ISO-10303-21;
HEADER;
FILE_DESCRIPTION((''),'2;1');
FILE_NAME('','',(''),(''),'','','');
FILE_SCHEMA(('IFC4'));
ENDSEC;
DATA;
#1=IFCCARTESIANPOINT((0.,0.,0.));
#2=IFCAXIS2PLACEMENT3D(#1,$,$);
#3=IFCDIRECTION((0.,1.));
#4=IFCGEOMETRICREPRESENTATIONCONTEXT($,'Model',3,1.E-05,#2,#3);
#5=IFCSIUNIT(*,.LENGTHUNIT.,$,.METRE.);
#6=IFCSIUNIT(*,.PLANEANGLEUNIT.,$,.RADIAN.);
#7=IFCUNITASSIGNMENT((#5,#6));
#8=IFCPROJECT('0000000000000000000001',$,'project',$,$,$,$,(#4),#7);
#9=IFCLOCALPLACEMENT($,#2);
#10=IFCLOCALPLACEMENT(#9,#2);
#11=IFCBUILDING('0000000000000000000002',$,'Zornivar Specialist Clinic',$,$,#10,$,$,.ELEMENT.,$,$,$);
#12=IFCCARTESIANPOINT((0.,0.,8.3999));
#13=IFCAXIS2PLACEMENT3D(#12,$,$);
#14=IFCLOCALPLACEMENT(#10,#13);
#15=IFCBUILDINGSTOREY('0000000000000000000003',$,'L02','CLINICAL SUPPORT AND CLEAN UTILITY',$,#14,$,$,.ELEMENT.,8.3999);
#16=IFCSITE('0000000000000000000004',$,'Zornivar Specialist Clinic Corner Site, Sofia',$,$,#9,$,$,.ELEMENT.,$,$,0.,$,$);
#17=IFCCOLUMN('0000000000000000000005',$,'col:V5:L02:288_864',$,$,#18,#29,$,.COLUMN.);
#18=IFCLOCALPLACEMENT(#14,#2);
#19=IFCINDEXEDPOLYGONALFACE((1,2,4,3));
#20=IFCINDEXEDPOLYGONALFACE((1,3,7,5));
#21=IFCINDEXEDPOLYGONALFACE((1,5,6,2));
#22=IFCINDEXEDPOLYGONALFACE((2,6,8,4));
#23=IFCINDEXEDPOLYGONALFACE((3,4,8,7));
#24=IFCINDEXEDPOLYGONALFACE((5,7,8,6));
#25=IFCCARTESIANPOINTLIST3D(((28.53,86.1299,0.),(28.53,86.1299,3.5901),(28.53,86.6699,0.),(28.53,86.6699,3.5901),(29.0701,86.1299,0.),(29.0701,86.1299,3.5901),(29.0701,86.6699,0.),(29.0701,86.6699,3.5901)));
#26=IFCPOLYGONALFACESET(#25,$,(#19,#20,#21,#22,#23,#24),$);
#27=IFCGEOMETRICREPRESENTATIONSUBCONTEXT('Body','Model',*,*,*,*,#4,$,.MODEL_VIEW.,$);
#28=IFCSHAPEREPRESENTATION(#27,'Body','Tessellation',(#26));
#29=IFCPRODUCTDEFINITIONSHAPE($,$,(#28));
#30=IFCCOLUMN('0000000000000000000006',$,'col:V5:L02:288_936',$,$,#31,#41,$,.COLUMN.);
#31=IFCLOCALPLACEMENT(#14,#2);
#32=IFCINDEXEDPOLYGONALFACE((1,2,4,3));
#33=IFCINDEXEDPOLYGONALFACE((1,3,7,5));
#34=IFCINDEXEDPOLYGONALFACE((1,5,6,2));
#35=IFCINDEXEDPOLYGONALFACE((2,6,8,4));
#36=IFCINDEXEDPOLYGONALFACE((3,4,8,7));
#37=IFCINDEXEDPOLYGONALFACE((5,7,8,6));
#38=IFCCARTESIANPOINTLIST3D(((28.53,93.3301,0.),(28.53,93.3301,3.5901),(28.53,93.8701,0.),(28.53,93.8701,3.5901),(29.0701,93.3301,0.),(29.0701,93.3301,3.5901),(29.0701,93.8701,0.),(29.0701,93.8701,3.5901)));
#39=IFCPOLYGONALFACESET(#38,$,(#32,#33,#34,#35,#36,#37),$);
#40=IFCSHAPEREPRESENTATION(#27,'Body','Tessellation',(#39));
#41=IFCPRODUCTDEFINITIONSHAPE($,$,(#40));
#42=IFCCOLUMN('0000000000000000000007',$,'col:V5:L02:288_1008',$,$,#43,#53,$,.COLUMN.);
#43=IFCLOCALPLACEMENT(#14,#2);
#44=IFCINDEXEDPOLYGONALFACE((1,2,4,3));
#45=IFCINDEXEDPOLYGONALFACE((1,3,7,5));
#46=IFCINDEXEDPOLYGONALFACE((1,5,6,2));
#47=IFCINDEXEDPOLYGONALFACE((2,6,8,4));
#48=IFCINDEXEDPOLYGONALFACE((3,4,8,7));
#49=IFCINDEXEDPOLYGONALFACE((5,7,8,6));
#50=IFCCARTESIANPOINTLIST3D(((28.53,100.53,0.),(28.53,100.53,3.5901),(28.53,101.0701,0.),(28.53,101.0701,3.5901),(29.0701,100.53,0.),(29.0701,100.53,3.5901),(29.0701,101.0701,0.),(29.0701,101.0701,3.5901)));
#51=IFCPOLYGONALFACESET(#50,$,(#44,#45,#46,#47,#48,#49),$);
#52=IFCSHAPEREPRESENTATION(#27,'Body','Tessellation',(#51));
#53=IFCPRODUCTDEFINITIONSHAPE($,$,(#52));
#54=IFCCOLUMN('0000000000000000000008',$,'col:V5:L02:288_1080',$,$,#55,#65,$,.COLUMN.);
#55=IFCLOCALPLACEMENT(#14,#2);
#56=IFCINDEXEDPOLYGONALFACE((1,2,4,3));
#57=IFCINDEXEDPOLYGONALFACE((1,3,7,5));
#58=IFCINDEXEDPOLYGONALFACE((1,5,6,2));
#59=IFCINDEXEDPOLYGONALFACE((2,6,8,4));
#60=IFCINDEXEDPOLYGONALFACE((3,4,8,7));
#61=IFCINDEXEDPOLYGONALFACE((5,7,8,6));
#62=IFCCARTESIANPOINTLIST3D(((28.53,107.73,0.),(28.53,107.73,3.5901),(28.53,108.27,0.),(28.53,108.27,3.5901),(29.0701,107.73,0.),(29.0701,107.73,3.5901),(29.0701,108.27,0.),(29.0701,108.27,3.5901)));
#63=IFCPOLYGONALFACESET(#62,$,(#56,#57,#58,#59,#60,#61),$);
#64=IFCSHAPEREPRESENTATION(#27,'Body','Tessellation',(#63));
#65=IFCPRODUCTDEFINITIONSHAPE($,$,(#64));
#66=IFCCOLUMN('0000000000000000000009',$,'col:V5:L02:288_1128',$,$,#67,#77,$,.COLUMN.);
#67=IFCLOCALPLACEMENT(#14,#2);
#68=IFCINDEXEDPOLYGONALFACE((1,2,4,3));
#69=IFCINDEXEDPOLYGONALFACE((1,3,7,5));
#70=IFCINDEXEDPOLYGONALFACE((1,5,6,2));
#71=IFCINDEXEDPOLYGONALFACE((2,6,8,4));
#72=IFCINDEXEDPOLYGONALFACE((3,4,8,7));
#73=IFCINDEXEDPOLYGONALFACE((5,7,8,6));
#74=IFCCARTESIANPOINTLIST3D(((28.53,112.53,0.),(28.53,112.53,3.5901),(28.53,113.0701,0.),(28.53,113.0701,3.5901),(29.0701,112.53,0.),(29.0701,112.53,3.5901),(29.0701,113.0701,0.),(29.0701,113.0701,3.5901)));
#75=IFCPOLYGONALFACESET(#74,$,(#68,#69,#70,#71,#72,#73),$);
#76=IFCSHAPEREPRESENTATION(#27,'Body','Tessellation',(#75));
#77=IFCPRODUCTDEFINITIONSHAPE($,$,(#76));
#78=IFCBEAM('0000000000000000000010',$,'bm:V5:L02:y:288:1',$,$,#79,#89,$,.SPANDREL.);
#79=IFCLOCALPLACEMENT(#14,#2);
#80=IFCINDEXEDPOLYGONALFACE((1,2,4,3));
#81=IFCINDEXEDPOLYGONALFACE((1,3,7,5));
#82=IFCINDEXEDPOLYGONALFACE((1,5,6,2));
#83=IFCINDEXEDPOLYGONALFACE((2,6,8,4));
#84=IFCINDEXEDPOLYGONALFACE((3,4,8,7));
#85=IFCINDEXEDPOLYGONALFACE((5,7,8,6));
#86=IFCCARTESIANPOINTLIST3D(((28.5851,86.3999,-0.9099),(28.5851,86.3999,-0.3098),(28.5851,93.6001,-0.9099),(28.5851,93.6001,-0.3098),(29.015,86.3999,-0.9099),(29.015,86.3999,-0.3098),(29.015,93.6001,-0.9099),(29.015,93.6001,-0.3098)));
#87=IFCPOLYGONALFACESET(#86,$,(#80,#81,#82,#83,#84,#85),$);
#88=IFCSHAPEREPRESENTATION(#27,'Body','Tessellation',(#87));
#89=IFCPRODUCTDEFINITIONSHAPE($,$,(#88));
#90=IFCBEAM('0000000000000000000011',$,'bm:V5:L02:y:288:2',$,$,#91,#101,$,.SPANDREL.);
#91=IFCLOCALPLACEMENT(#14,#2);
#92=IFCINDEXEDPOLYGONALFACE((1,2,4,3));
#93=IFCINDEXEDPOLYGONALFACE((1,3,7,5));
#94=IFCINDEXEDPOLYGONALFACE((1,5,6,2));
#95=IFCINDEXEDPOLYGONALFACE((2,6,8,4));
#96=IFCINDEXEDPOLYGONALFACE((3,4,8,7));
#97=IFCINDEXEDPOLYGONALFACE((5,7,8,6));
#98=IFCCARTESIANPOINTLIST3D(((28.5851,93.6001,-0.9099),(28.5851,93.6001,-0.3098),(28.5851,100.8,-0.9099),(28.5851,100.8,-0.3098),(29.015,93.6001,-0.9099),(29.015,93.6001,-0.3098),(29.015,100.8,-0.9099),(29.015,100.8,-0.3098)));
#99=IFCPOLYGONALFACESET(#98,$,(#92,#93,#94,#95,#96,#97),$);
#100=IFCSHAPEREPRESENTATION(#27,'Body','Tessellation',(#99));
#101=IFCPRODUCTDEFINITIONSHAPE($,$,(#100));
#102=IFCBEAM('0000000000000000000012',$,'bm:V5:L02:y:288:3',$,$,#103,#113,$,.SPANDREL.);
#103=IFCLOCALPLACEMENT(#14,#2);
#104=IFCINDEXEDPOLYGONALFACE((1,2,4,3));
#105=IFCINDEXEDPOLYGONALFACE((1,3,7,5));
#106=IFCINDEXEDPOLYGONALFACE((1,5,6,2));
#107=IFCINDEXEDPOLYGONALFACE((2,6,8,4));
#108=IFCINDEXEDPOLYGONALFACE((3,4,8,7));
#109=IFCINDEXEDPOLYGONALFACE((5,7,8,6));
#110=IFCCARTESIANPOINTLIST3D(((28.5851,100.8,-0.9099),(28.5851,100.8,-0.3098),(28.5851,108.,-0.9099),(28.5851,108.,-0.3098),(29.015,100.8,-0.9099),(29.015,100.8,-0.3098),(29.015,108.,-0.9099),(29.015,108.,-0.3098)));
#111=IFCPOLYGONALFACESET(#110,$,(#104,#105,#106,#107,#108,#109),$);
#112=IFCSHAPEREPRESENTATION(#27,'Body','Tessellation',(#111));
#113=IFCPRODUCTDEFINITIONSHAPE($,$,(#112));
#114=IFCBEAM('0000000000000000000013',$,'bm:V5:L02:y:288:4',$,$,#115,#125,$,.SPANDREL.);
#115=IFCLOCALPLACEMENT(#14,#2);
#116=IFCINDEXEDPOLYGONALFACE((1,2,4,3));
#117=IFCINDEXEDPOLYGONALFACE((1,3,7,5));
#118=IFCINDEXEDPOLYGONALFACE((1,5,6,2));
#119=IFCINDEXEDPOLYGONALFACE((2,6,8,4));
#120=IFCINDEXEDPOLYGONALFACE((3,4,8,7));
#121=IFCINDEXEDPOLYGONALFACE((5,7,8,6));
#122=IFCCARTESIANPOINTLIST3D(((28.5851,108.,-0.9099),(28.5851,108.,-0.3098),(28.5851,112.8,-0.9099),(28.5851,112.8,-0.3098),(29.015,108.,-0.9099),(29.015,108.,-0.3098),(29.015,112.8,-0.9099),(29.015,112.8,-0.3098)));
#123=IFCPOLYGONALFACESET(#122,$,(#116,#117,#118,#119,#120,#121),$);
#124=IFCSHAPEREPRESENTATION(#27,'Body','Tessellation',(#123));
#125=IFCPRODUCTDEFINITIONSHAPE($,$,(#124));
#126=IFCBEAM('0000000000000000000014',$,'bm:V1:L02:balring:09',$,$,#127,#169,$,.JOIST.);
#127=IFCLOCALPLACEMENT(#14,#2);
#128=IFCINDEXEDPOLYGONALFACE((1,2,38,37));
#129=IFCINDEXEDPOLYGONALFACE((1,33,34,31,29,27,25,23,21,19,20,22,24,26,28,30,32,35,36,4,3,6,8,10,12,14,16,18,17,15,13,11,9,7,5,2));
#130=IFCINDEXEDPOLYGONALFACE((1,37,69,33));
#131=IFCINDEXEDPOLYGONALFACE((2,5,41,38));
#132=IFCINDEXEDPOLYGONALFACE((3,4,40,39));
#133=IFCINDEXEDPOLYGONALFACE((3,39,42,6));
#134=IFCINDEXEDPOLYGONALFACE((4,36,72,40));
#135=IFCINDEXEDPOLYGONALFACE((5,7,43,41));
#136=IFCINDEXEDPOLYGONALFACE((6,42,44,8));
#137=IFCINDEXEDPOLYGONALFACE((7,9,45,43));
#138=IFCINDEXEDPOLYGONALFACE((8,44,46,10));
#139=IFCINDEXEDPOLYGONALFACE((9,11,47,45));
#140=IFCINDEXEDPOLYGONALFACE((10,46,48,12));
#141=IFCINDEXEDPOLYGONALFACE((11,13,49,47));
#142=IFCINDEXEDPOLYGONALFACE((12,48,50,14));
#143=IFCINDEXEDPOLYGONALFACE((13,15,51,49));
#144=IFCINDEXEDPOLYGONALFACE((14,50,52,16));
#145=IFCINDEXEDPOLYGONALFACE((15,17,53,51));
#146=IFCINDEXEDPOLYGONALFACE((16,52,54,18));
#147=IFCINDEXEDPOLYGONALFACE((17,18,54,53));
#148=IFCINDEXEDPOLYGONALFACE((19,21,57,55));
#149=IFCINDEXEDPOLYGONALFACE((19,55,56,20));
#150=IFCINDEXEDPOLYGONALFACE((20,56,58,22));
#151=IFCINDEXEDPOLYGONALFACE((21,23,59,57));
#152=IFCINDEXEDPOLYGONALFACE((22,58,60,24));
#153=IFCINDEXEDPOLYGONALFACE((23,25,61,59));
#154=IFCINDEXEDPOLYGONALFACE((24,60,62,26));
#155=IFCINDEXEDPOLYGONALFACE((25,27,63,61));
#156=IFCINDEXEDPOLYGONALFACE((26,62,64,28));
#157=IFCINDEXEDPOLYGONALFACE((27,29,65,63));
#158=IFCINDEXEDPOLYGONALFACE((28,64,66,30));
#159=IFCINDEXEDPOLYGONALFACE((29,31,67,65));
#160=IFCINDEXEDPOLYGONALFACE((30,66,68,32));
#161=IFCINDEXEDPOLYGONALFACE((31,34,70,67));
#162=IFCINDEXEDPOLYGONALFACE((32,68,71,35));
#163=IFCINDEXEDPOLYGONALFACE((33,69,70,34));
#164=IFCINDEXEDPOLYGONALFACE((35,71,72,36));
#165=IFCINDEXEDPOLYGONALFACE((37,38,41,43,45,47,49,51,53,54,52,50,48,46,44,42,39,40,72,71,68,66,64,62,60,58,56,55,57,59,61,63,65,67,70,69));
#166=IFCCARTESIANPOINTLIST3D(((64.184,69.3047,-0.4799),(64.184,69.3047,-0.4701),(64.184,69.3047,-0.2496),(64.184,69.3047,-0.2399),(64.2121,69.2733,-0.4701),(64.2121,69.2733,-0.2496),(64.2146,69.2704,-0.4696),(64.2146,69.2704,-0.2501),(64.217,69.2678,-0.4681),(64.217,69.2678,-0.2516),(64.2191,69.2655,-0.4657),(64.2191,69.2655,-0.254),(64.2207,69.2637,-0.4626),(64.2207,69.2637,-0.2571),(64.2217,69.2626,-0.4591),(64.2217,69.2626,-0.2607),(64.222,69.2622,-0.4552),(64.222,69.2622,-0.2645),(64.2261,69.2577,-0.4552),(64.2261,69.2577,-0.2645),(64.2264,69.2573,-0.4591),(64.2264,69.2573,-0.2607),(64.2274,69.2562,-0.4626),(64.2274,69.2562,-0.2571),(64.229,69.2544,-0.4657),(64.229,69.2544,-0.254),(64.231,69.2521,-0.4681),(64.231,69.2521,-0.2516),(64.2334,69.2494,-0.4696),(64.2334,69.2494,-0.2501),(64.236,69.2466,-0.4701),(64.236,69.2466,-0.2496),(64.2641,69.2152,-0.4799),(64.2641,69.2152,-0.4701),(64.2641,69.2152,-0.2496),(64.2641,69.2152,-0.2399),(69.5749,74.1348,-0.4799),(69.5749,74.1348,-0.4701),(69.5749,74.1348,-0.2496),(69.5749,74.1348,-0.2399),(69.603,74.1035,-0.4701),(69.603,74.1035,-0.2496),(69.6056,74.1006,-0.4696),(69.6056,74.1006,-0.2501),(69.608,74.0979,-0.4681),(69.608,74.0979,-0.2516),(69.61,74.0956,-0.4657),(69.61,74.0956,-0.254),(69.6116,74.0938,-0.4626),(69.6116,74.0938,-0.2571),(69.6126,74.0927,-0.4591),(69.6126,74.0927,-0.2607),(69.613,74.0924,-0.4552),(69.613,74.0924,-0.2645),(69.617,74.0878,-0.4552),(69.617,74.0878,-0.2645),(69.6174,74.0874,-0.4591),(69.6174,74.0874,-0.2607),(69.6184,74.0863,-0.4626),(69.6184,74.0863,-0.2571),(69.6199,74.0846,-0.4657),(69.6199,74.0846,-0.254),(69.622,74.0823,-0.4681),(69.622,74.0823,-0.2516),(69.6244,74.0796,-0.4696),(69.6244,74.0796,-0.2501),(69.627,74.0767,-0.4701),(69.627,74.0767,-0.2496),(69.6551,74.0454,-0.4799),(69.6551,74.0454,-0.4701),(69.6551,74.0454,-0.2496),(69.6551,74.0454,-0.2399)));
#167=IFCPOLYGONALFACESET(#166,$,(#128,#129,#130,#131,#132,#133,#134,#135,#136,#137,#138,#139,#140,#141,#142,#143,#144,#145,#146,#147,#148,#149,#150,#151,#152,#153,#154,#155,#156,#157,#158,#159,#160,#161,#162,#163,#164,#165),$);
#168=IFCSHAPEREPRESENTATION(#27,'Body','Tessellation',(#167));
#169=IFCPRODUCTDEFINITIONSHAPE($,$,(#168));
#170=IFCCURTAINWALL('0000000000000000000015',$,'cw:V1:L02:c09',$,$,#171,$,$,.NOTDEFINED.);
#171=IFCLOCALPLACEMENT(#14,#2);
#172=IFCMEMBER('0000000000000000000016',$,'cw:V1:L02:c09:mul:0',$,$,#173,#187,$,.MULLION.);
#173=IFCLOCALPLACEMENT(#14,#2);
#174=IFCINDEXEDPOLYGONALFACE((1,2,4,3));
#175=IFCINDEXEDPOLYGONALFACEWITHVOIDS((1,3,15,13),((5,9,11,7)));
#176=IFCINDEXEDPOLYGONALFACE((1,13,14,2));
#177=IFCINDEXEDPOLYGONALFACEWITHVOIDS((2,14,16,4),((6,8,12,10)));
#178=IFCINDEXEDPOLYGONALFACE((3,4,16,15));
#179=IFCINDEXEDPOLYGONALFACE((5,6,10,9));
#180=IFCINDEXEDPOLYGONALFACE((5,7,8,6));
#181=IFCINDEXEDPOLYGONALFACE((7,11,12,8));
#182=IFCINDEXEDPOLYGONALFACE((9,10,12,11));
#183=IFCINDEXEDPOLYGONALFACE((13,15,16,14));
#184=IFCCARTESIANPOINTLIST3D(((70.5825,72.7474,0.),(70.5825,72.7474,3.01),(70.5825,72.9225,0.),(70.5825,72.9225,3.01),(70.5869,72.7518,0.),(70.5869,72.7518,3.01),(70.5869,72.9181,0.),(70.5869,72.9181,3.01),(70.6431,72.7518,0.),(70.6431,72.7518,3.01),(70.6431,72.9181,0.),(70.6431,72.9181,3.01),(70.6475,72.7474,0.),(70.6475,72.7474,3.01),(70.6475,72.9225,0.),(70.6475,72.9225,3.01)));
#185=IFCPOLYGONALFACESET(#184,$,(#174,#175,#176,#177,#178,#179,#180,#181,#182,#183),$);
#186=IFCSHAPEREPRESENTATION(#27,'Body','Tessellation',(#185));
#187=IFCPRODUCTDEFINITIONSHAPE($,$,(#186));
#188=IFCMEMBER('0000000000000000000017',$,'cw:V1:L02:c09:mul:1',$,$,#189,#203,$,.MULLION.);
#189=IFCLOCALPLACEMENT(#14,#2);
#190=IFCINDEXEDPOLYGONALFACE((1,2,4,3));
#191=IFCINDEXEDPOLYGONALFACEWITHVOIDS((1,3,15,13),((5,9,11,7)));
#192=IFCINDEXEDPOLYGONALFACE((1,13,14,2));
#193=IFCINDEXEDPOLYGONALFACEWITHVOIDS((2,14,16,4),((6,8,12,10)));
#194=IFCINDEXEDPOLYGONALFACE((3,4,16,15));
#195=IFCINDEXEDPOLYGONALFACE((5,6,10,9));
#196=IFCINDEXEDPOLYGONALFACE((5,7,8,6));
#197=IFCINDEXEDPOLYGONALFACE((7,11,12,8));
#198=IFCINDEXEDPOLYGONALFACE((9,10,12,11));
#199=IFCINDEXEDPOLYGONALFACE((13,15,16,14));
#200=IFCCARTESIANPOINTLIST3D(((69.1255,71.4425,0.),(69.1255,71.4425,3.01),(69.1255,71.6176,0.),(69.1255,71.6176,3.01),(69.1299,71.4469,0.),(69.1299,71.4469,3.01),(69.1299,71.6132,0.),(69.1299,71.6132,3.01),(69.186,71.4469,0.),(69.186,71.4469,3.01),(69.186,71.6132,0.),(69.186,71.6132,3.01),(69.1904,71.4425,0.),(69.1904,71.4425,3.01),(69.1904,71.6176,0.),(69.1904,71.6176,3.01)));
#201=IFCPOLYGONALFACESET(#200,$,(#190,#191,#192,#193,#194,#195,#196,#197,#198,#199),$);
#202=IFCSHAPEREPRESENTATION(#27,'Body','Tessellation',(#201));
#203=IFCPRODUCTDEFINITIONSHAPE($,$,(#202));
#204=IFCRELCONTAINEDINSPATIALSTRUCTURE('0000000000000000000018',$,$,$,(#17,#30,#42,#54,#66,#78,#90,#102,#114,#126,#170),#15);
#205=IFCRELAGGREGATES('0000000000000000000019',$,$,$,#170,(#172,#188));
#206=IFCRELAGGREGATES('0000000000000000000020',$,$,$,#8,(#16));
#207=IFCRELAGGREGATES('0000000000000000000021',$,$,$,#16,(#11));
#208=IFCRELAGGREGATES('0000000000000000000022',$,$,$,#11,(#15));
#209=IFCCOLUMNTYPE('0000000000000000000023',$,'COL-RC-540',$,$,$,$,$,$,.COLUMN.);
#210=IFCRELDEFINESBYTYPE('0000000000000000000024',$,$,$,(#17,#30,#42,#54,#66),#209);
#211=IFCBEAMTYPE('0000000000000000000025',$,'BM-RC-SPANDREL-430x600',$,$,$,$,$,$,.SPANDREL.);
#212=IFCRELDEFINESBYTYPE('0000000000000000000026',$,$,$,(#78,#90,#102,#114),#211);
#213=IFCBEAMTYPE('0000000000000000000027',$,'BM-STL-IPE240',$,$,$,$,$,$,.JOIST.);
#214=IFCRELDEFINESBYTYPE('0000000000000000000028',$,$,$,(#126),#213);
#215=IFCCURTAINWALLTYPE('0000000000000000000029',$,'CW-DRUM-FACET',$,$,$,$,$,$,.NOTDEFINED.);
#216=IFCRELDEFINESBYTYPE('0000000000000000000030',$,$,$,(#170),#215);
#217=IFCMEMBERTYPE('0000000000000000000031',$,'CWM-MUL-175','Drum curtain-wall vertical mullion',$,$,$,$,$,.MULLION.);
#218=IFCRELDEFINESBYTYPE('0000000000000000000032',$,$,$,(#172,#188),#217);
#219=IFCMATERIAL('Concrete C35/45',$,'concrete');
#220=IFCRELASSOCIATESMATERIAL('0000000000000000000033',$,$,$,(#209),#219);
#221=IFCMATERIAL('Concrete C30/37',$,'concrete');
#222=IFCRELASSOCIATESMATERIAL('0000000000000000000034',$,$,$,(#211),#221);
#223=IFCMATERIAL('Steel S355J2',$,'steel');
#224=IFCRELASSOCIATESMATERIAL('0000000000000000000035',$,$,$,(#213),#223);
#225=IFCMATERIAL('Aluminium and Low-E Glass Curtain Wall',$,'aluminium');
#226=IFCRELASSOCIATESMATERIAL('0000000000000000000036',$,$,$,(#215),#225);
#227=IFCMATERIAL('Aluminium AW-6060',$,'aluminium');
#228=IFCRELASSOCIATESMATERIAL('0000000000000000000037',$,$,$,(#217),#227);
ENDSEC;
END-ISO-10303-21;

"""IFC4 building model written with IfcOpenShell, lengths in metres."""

from ifc_helpers import new_model, si_unit, direction, frame, origin, origin_2d, place, context, subcontext, project, spatial, rectangle, hollow_rectangle, i_section, extrude, material, material_profile, profile_set, type_object, element, aggregate, save


model = new_model("IFC4")

# Units and contexts
model_context = context("Model", 3, precision=1e-05, world=origin(), true_north=direction((0.0, 1.0)))
body_context = subcontext(model_context, "Body", "Model", "MODEL_VIEW")
ifc_project = project(units=[si_unit("LENGTHUNIT", "METRE"), si_unit("PLANEANGLEUNIT", "RADIAN")], contexts=[model_context])

# Site, building, storey
site_placement = place(None, origin())
site = spatial("IfcSite", under=ifc_project, at=site_placement, Name="Zornivar Specialist Clinic Corner Site, Sofia", CompositionType="ELEMENT", RefElevation=0.0)
building_placement = place(site_placement, origin())
building = spatial("IfcBuilding", under=site, at=building_placement, Name="Zornivar Specialist Clinic", CompositionType="ELEMENT")
storey_placement = place(building_placement, frame((0.0, 0.0, 8.3999)))
storey = spatial("IfcBuildingStorey", under=building, at=storey_placement, Name="L02", Description="CLINICAL SUPPORT AND CLEAN UTILITY", CompositionType="ELEMENT", Elevation=8.3999)

# Columns
ifc_material_1 = material(Name="Concrete C35/45", Category="concrete")
ifc_material_profile_1 = material_profile(ifc_material_1, rectangle(XDim=0.54, YDim=0.54, at=origin_2d()), Name="RC 540x540")
ifc_profile_set_1 = profile_set([ifc_material_profile_1], Name="Concrete C35/45")
column_type = type_object("IfcColumnType", Name="COL-RC-540", PredefinedType="COLUMN", material=ifc_profile_set_1)
for number, where, z_axis, x_axis, name in (
    (1, (28.8, 86.3999, 0.0), (0.0, 0.0, 1.0), (1.0, 0.0, 0.0), "col:V5:L02:288_864"),
    (2, (28.8, 93.6001, 0.0), (0.0, 0.0, 1.0), (1.0, 0.0, 0.0), "col:V5:L02:288_936"),
    (3, (28.8, 100.8, 0.0), (0.0, 0.0, 1.0), (1.0, 0.0, 0.0), "col:V5:L02:288_1008"),
    (4, (28.8, 108.0, 0.0), (0.0, 0.0, 1.0), (1.0, 0.0, 0.0), "col:V5:L02:288_1080"),
    (5, (28.8, 112.8, 0.0), (0.0, 0.0, 1.0), (1.0, 0.0, 0.0), "col:V5:L02:288_1128"),
):
    element("IfcColumn", number, at=place(storey_placement, frame(where, z_axis=z_axis, x_axis=x_axis)), inside=storey, type_object=column_type, Name=name, PredefinedType="COLUMN", context=body_context, shape_type="SweptSolid", body=[
        extrude(rectangle(XDim=0.54, YDim=0.54, at=origin_2d()), origin(), (0.0, 0.0, 1.0), 3.5901),
    ])

# Beams
ifc_material_2 = material(Name="Concrete C30/37", Category="concrete")
ifc_material_profile_2 = material_profile(ifc_material_2, rectangle(XDim=0.4299, YDim=0.6001, at=origin_2d()), Name="RC 430x600")
ifc_profile_set_2 = profile_set([ifc_material_profile_2], Name="Concrete C30/37")
beam_type_1 = type_object("IfcBeamType", Name="BM-RC-SPANDREL-430x600", PredefinedType="SPANDREL", material=ifc_profile_set_2)
beam_1_placement = place(storey_placement, frame((28.8, 86.3999, -0.6099), z_axis=(0.0, 1.0, 0.0), x_axis=(-1.0, 0.0, 0.0)))
element("IfcBeam", 6, at=beam_1_placement, inside=storey, type_object=beam_type_1, Name="bm:V5:L02:y:288:1", PredefinedType="SPANDREL", context=body_context, shape_type="SweptSolid", body=[
    extrude(rectangle(XDim=0.4299, YDim=0.6001, at=origin_2d()), origin(), (0.0, 0.0, 1.0), 7.2002),
])
for number, where, z_axis, x_axis, name in (
    (7, (28.8, 93.6001, -0.6099), (0.0, 1.0, 0.0), (-1.0, 0.0, 0.0), "bm:V5:L02:y:288:2"),
    (8, (28.8, 100.8, -0.6099), (0.0, 1.0, 0.0), (-1.0, 0.0, 0.0), "bm:V5:L02:y:288:3"),
):
    element("IfcBeam", number, at=place(storey_placement, frame(where, z_axis=z_axis, x_axis=x_axis)), inside=storey, type_object=beam_type_1, Name=name, PredefinedType="SPANDREL", context=body_context, shape_type="SweptSolid", body=[
        extrude(rectangle(XDim=0.4299, YDim=0.6001, at=origin_2d()), origin(), (0.0, 0.0, 1.0), 7.2),
    ])
beam_2_placement = place(storey_placement, frame((28.8, 108.0, -0.6099), z_axis=(0.0, 1.0, 0.0), x_axis=(-1.0, 0.0, 0.0)))
element("IfcBeam", 9, at=beam_2_placement, inside=storey, type_object=beam_type_1, Name="bm:V5:L02:y:288:4", PredefinedType="SPANDREL", context=body_context, shape_type="SweptSolid", body=[
    extrude(rectangle(XDim=0.4299, YDim=0.6001, at=origin_2d()), origin(), (0.0, 0.0, 1.0), 4.8),
])
ifc_material_3 = material(Name="Steel S355J2", Category="steel")
ifc_material_profile_3 = material_profile(ifc_material_3, i_section(OverallWidth=0.1201, OverallDepth=0.24, WebThickness=0.0061, FlangeThickness=0.0098, FilletRadius=0.0149, at=origin_2d()), Name="IPE 240")
ifc_profile_set_3 = profile_set([ifc_material_profile_3], Name="Steel S355J2")
beam_type_2 = type_object("IfcBeamType", Name="BM-STL-IPE240", PredefinedType="JOIST", material=ifc_profile_set_3)
beam_3_placement = place(storey_placement, frame((69.615, 74.0901, -0.3599), z_axis=(-0.744783, -0.667306, 0.0), x_axis=(0.667306, -0.744783, 0.0)))
element("IfcBeam", 10, at=beam_3_placement, inside=storey, type_object=beam_type_2, Name="bm:V1:L02:balring:09", PredefinedType="JOIST", context=body_context, shape_type="SweptSolid", body=[
    extrude(i_section(OverallWidth=0.1201, OverallDepth=0.24, WebThickness=0.0061, FlangeThickness=0.0098, FilletRadius=0.0149, at=origin_2d()), origin(), (0.0, 0.0, 1.0), 7.2383),
])

# Curtain wall, members
ifc_material_4 = material(Name="Aluminium and Low-E Glass Curtain Wall", Category="aluminium")
curtain_wall_type = type_object("IfcCurtainWallType", Name="CW-DRUM-FACET", PredefinedType="NOTDEFINED", material=ifc_material_4)
curtain_wall_placement = place(storey_placement, origin())
curtain_wall = element("IfcCurtainWall", 11, at=curtain_wall_placement, inside=storey, type_object=curtain_wall_type, Name="cw:V1:L02:c09", PredefinedType="NOTDEFINED")
ifc_material_5 = material(Name="Aluminium AW-6060", Category="aluminium")
ifc_material_profile_4 = material_profile(ifc_material_5, hollow_rectangle(XDim=0.0649, YDim=0.175, WallThickness=0.0044, at=origin_2d()), Name="ALU 65x175x4.5")
ifc_profile_set_4 = profile_set([ifc_material_profile_4], Name="Aluminium AW-6060")
member_type_1 = type_object("IfcMemberType", Name="CWM-MUL-175", Description="Drum curtain-wall vertical mullion", PredefinedType="MULLION", material=ifc_profile_set_4)
member_1_placement = place(storey_placement, frame((70.615, 72.835, 0.0), z_axis=(0.0, 0.0, 1.0), x_axis=(1.0, 0.0, 0.0)))
member_1 = element("IfcMember", 12, at=member_1_placement, type_object=member_type_1, Name="cw:V1:L02:c09:mul:0", PredefinedType="MULLION", context=body_context, shape_type="SweptSolid", body=[
    extrude(hollow_rectangle(XDim=0.0649, YDim=0.175, WallThickness=0.0044, at=origin_2d()), origin(), (0.0, 0.0, 1.0), 3.01),
])
member_2_placement = place(storey_placement, frame((69.158, 71.53, 0.0), z_axis=(0.0, 0.0, 1.0), x_axis=(1.0, 0.0, 0.0)))
member_2 = element("IfcMember", 13, at=member_2_placement, type_object=member_type_1, Name="cw:V1:L02:c09:mul:1", PredefinedType="MULLION", context=body_context, shape_type="SweptSolid", body=[
    extrude(hollow_rectangle(XDim=0.0649, YDim=0.175, WallThickness=0.0044, at=origin_2d()), origin(), (0.0, 0.0, 1.0), 3.01),
])
aggregate(curtain_wall, [member_1, member_2])

save(model, "model.ifc")
